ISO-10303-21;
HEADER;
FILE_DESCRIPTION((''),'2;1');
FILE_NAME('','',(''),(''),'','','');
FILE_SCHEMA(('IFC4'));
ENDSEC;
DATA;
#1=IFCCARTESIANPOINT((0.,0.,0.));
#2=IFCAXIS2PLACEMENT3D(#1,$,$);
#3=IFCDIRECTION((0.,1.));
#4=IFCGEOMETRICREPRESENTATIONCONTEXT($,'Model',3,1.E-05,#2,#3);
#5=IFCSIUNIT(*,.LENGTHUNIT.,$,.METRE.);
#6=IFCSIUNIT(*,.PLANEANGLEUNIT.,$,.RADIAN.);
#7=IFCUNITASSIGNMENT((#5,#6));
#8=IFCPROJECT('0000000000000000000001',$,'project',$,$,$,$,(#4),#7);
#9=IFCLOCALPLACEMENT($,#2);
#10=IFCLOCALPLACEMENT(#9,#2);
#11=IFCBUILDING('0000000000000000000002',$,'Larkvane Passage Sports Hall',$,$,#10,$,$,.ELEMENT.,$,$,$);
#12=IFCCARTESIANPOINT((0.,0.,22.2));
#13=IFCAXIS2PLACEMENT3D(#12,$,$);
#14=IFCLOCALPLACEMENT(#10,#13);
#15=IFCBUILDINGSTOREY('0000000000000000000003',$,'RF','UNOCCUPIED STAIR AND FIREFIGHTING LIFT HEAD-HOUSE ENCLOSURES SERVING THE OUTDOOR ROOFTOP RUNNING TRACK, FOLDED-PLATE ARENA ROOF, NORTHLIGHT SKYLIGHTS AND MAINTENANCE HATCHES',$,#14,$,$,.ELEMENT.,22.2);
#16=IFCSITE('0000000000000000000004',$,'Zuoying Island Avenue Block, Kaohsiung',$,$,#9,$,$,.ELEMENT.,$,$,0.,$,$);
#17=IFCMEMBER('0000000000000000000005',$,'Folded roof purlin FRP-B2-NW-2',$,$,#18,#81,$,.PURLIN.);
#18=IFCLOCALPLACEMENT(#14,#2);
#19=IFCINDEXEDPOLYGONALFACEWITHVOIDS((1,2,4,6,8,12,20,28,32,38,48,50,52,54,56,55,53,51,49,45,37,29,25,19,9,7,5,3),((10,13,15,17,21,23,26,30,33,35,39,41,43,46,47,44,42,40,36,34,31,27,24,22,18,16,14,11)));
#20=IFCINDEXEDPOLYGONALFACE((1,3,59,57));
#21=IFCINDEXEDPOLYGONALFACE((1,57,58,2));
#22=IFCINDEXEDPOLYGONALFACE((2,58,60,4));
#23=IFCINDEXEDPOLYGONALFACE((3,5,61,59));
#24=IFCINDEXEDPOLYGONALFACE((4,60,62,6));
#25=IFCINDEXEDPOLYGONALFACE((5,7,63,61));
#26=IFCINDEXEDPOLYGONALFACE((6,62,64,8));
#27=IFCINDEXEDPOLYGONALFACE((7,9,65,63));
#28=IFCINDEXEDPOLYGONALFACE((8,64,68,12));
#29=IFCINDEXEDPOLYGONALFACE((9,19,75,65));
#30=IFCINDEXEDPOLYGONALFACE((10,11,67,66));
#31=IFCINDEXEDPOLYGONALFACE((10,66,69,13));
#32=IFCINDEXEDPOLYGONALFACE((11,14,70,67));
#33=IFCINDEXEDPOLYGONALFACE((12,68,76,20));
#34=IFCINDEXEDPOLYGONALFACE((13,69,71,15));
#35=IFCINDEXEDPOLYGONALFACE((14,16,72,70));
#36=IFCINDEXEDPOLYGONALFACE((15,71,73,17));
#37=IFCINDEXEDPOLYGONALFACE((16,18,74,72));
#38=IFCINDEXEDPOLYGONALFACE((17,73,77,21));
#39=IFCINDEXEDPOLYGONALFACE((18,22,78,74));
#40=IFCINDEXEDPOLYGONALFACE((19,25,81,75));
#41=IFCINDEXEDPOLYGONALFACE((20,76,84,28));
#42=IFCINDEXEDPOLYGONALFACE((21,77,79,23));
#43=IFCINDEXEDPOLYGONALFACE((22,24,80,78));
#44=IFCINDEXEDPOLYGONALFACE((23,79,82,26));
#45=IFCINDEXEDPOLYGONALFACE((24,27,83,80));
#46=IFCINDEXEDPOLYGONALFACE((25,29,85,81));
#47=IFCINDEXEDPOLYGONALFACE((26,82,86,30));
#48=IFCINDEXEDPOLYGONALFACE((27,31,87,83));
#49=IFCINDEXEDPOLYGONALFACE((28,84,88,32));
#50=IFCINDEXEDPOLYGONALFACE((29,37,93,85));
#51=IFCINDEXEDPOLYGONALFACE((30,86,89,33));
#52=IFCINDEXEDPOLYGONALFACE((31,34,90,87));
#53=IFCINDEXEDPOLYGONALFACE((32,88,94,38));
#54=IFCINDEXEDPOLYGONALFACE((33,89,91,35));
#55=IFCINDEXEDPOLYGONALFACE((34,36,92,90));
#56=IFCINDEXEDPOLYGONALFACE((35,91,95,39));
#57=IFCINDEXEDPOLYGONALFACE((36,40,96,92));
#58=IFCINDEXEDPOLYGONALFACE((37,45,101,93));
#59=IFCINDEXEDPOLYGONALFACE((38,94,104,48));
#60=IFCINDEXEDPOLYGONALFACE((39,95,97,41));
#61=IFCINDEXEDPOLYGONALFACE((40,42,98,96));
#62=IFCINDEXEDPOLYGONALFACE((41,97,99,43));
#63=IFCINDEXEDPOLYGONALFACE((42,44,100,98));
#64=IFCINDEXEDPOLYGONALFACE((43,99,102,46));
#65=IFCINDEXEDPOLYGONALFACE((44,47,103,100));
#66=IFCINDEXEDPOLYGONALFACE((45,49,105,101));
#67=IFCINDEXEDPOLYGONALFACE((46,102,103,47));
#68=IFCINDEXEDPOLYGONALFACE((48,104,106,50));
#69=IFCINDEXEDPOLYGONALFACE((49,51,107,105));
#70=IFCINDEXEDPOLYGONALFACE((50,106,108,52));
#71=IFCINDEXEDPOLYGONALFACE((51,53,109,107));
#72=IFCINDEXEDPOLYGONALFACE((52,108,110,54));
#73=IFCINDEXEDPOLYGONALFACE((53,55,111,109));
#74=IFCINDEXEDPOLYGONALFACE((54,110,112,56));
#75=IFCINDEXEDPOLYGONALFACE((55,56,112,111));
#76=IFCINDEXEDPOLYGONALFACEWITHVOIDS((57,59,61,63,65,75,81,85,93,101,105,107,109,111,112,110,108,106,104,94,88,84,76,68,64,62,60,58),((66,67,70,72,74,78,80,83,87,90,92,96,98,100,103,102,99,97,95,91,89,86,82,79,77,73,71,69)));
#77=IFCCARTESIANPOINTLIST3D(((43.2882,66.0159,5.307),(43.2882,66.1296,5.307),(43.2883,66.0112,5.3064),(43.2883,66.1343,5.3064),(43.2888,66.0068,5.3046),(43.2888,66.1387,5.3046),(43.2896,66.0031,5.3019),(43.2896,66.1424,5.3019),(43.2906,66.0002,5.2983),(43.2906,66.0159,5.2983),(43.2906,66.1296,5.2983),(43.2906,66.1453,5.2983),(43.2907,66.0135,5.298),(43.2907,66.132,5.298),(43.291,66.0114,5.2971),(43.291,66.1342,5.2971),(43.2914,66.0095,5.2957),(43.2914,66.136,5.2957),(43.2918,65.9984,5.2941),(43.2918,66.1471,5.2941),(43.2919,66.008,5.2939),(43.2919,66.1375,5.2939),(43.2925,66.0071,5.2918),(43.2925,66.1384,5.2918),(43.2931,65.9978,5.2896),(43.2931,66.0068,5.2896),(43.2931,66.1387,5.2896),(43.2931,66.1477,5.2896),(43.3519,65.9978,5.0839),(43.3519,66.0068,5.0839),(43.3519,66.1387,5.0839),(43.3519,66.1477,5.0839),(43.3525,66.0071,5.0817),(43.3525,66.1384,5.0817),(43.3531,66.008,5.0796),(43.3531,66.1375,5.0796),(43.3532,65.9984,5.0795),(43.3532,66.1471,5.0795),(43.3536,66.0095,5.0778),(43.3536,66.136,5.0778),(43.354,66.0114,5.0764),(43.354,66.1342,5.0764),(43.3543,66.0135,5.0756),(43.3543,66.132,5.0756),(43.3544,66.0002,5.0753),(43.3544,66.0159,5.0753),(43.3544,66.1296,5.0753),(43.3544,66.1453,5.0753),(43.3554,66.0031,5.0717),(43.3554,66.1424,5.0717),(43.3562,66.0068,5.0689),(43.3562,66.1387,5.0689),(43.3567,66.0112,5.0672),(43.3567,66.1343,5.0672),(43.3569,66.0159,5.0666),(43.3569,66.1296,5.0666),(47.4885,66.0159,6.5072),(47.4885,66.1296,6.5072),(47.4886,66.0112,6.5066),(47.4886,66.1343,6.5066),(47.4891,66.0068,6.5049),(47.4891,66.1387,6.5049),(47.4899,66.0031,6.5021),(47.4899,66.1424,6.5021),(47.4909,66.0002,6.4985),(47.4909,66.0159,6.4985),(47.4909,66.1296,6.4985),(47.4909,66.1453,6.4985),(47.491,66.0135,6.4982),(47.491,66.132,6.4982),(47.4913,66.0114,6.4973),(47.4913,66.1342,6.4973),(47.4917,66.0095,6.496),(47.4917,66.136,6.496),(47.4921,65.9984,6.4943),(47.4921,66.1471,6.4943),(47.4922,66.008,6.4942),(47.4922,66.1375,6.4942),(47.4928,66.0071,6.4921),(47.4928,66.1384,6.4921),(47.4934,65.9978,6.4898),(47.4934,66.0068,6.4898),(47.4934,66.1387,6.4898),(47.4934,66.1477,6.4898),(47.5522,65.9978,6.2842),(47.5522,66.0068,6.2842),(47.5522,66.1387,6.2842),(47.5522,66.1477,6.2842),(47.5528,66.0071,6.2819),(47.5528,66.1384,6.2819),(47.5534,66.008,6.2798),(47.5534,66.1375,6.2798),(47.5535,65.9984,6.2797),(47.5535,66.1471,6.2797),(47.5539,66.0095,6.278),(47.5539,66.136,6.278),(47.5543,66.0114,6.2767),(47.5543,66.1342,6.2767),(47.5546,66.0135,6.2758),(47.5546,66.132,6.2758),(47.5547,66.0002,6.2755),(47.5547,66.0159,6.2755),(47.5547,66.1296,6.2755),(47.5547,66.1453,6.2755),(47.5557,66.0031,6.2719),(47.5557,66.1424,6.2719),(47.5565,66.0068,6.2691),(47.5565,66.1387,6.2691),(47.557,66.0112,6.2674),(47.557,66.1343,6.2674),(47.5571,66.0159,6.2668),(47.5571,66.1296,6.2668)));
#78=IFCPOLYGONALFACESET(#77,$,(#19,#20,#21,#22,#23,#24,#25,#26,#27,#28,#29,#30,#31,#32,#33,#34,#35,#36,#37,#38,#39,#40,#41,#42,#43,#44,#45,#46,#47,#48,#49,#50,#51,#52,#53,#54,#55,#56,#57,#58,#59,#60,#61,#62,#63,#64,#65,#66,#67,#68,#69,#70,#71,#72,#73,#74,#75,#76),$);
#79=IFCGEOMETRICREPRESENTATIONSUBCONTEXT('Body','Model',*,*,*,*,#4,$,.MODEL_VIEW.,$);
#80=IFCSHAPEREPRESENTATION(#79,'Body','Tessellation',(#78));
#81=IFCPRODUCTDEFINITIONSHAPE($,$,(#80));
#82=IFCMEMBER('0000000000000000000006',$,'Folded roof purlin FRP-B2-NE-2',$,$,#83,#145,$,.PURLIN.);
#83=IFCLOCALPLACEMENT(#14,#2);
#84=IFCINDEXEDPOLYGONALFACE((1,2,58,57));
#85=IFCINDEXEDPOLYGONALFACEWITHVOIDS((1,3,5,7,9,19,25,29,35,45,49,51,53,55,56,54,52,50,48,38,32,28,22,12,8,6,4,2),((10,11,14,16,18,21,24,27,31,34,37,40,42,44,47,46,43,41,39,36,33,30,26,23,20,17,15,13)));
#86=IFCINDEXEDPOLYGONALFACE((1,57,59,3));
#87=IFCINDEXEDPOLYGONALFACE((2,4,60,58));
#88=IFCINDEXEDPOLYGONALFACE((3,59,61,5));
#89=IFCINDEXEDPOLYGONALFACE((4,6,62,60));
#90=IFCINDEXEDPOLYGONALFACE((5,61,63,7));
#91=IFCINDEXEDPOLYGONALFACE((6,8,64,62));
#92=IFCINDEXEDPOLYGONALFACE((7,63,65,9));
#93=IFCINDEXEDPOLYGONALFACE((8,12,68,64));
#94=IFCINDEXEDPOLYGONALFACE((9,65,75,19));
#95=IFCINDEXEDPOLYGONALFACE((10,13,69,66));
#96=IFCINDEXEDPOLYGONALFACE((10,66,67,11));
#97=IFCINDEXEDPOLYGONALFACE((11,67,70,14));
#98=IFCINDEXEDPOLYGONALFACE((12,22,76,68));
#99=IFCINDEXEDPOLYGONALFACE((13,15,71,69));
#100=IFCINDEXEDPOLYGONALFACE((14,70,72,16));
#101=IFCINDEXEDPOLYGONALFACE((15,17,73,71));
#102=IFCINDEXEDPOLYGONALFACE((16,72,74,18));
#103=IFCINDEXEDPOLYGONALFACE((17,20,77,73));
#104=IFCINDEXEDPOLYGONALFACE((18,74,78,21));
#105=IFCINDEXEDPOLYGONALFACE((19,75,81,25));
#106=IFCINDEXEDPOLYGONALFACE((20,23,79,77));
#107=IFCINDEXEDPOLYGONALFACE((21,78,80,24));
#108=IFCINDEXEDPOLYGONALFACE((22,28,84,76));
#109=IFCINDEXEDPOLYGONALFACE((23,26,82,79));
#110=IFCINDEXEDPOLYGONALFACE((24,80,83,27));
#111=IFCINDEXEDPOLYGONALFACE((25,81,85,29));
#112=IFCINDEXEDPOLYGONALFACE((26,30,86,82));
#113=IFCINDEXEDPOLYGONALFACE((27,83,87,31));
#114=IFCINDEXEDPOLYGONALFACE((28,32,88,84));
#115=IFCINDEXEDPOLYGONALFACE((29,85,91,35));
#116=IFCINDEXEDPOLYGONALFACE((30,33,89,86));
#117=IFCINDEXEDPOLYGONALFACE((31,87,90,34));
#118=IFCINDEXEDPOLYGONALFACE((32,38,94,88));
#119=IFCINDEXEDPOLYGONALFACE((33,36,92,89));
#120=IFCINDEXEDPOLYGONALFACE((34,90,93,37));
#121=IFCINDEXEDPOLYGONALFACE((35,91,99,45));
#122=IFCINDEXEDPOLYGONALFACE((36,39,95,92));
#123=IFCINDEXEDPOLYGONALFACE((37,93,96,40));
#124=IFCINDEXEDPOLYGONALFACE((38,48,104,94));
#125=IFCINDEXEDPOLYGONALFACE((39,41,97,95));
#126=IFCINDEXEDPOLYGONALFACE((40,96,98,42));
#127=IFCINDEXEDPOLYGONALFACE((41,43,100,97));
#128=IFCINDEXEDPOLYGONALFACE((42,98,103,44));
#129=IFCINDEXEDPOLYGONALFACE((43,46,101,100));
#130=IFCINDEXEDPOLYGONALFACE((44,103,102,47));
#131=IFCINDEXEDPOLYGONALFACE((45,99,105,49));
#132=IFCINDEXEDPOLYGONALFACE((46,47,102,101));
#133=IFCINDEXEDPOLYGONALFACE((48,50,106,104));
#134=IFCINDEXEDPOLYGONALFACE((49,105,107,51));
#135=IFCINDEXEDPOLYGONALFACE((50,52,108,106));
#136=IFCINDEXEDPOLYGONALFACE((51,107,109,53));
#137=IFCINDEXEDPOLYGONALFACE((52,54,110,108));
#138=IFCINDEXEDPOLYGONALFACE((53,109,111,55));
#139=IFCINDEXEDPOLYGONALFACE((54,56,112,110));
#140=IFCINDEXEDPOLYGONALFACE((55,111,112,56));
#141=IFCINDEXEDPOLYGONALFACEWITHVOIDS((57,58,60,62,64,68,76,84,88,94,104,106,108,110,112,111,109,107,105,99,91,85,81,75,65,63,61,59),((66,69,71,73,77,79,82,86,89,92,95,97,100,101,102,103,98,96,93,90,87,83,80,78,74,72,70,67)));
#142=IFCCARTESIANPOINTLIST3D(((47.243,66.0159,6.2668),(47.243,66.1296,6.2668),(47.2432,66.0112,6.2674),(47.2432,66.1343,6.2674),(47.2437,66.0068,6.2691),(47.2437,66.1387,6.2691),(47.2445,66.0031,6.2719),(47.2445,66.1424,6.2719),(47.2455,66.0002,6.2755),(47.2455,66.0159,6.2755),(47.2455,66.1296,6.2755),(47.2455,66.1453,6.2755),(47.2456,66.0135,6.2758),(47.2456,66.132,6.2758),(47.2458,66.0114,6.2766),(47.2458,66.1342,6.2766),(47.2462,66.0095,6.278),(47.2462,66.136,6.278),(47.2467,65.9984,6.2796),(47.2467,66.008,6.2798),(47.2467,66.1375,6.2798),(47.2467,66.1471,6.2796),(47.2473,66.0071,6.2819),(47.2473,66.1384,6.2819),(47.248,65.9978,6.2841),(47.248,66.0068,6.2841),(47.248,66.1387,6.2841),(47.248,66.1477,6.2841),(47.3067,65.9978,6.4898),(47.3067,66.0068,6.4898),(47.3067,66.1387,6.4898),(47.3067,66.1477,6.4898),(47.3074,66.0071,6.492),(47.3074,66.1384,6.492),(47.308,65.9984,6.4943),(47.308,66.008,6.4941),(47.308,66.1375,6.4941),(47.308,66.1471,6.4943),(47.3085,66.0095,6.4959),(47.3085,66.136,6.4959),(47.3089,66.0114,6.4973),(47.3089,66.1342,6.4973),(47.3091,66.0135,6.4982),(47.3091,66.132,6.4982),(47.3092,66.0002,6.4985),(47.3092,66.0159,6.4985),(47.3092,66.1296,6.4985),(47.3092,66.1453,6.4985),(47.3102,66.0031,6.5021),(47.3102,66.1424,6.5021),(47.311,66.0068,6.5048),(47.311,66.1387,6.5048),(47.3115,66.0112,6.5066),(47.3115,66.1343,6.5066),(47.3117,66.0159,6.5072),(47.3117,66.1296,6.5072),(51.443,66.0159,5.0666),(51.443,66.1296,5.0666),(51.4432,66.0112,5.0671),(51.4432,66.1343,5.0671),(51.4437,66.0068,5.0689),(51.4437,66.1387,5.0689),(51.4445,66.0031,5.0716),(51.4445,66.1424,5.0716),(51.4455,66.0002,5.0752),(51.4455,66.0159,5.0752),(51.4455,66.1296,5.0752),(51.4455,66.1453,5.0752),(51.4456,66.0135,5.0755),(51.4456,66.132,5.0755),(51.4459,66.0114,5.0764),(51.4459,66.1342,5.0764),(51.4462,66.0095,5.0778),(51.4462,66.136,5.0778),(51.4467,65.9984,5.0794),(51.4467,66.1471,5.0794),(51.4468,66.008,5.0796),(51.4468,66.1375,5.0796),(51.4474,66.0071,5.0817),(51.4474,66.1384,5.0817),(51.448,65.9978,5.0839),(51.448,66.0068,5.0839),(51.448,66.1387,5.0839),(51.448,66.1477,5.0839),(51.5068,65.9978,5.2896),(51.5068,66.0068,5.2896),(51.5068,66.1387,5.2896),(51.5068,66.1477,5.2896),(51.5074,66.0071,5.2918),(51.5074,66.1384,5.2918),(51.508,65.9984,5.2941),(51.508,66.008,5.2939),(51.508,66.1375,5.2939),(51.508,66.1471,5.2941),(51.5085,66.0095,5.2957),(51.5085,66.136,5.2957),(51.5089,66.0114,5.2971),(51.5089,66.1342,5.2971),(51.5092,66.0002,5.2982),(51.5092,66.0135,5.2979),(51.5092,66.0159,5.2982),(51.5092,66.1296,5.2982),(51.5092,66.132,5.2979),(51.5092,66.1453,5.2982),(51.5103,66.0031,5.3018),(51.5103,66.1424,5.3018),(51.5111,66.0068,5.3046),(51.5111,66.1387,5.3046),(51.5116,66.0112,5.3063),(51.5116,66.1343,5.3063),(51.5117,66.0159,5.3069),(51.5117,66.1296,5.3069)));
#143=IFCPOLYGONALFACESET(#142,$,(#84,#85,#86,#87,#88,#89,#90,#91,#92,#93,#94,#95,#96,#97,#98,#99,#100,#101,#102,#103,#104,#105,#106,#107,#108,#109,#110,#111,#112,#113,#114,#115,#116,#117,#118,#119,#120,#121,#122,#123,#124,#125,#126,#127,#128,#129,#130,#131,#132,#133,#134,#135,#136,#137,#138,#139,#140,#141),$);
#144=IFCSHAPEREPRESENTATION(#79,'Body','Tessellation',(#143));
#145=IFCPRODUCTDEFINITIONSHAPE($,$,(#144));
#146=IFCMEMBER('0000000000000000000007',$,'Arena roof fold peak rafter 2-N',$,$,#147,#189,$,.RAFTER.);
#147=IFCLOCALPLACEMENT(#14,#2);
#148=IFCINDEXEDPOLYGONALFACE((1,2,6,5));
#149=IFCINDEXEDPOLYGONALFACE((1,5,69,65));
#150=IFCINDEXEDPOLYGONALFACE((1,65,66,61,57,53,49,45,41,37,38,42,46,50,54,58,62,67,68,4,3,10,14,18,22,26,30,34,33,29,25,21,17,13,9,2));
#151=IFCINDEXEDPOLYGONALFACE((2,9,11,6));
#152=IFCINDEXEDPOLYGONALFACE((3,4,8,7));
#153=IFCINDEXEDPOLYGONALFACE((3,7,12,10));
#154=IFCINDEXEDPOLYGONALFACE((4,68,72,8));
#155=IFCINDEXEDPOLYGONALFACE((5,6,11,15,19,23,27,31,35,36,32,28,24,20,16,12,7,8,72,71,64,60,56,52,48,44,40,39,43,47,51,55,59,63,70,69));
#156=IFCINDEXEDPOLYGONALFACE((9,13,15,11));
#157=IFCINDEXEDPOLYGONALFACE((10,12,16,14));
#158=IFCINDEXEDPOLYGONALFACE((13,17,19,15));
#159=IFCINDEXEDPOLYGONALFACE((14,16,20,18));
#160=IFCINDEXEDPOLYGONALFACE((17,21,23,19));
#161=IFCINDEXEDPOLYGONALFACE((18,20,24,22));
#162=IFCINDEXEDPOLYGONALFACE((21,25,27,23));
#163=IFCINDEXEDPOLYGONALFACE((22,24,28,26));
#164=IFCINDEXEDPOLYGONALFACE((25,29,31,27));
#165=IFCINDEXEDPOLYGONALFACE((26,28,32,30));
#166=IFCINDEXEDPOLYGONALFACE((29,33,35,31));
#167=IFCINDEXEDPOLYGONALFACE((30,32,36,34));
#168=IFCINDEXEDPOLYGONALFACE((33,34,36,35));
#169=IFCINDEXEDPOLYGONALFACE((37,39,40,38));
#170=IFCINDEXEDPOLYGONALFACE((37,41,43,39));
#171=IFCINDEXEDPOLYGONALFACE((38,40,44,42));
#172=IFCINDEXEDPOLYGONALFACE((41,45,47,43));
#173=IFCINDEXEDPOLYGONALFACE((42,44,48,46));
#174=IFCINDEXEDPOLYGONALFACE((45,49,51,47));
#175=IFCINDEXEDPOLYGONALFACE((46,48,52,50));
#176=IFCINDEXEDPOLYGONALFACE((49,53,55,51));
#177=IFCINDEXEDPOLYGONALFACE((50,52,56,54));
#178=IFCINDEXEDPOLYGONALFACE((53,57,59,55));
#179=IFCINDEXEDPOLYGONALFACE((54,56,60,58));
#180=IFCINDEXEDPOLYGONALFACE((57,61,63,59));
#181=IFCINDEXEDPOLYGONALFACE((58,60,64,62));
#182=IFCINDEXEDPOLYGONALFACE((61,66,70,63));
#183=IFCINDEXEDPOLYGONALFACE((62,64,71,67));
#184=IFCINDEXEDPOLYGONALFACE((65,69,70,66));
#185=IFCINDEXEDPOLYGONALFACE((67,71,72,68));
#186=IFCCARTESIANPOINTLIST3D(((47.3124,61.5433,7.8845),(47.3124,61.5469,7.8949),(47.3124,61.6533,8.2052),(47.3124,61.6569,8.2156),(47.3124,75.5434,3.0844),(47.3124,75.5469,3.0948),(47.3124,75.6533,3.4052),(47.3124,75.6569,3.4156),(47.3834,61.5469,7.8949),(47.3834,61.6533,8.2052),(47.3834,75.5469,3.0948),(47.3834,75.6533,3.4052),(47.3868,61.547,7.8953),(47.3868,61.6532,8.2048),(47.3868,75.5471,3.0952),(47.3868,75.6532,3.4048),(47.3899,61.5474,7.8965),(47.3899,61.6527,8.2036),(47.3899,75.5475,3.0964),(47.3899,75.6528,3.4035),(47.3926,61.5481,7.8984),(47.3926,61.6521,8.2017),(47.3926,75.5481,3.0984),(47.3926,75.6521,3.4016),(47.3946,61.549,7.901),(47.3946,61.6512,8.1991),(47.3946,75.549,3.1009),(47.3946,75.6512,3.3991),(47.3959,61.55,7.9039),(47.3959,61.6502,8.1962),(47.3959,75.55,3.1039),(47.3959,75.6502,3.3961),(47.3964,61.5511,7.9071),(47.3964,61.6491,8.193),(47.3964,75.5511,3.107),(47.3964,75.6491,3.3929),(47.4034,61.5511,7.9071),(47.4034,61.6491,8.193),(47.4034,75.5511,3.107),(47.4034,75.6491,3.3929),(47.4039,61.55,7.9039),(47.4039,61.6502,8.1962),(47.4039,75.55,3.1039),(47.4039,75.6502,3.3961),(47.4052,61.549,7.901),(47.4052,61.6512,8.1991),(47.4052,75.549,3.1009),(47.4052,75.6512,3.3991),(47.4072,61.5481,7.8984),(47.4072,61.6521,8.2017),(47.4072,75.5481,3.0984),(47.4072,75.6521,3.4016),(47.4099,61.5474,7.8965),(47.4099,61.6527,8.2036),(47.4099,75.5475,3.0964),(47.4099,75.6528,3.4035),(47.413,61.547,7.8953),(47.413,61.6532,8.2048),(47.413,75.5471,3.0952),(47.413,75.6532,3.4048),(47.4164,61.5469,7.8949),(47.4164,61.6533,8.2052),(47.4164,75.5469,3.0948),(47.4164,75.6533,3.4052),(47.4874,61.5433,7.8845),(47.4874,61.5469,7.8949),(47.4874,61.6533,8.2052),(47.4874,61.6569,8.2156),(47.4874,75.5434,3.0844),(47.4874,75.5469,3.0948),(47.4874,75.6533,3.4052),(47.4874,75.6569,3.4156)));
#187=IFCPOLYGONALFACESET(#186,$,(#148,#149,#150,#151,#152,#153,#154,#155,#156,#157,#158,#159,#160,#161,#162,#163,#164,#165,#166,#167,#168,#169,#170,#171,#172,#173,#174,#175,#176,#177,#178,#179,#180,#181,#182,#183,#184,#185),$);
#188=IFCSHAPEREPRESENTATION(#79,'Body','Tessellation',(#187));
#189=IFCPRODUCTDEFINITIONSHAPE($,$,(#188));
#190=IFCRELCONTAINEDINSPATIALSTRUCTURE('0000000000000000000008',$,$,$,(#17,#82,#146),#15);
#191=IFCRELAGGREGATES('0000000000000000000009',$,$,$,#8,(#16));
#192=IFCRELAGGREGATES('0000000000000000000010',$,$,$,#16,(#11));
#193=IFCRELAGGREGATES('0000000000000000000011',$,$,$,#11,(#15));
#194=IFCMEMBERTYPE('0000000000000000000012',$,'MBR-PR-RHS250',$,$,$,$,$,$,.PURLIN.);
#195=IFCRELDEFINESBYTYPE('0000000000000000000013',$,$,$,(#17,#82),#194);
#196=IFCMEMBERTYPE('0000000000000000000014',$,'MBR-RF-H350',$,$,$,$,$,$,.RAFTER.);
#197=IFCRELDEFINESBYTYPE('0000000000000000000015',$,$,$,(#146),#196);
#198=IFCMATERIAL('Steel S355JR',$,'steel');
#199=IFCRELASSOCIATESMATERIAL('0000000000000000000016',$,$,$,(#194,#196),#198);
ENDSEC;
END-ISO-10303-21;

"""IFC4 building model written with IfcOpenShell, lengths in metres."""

from ifc_helpers import new_model, si_unit, direction, frame, origin, origin_2d, place, context, subcontext, project, spatial, hollow_rectangle, i_section, extrude, material, material_profile, profile_set, type_object, element, save


model = new_model("IFC4")

# Units and contexts
model_context = context("Model", 3, precision=1e-05, world=origin(), true_north=direction((0.0, 1.0)))
body_context = subcontext(model_context, "Body", "Model", "MODEL_VIEW")
ifc_project = project(units=[si_unit("LENGTHUNIT", "METRE"), si_unit("PLANEANGLEUNIT", "RADIAN")], contexts=[model_context])

# Site, building, storey
site_placement = place(None, origin())
site = spatial("IfcSite", under=ifc_project, at=site_placement, Name="Zuoying Island Avenue Block, Kaohsiung", CompositionType="ELEMENT", RefElevation=0.0)
building_placement = place(site_placement, origin())
building = spatial("IfcBuilding", under=site, at=building_placement, Name="Larkvane Passage Sports Hall", CompositionType="ELEMENT")
storey_placement = place(building_placement, frame((0.0, 0.0, 22.2)))
storey = spatial("IfcBuildingStorey", under=building, at=storey_placement, Name="RF", Description="UNOCCUPIED STAIR AND FIREFIGHTING LIFT HEAD-HOUSE ENCLOSURES SERVING THE OUTDOOR ROOFTOP RUNNING TRACK, FOLDED-PLATE ARENA ROOF, NORTHLIGHT SKYLIGHTS AND MAINTENANCE HATCHES", CompositionType="ELEMENT", Elevation=22.2)

# Members
ifc_material_1 = material(Name="Steel S355JR", Category="steel")
ifc_material_profile_1 = material_profile(ifc_material_1, hollow_rectangle(XDim=0.1499, YDim=0.25, WallThickness=0.009, InnerFilletRadius=0.009, OuterFilletRadius=0.0181, at=origin_2d()), Name="RHS-250x150x9")
ifc_profile_set_1 = profile_set([ifc_material_profile_1], Name="Steel S355JR")
member_type_1 = type_object("IfcMemberType", Name="MBR-PR-RHS250", PredefinedType="PURLIN", material=ifc_profile_set_1)
member_1_placement = place(storey_placement, frame((43.3225, 66.0728, 5.1868), z_axis=(0.961516, 0.0, 0.274751), x_axis=(0.0, 1.0, 0.0)))
element("IfcMember", 1, at=member_1_placement, inside=storey, type_object=member_type_1, Name="Folded roof purlin FRP-B2-NW-2", PredefinedType="PURLIN", context=body_context, shape_type="SweptSolid", body=[
    extrude(hollow_rectangle(XDim=0.1499, YDim=0.25, WallThickness=0.009, InnerFilletRadius=0.009, OuterFilletRadius=0.0181, at=origin_2d()), origin(), (0.0, 0.0, 1.0), 4.3684),
])
member_2_placement = place(storey_placement, frame((47.2773, 66.0728, 6.387), z_axis=(0.961511, 0.0, -0.274765), x_axis=(0.0, 1.0, 0.0)))
element("IfcMember", 2, at=member_2_placement, inside=storey, type_object=member_type_1, Name="Folded roof purlin FRP-B2-NE-2", PredefinedType="PURLIN", context=body_context, shape_type="SweptSolid", body=[
    extrude(hollow_rectangle(XDim=0.1499, YDim=0.25, WallThickness=0.009, InnerFilletRadius=0.009, OuterFilletRadius=0.0181, at=origin_2d()), origin(), (0.0, 0.0, 1.0), 4.3682),
])
ifc_material_profile_2 = material_profile(ifc_material_1, i_section(OverallWidth=0.175, OverallDepth=0.3501, WebThickness=0.0071, FlangeThickness=0.011, FilletRadius=0.0129, at=origin_2d()), Name="H-350x175x7x11")
ifc_profile_set_2 = profile_set([ifc_material_profile_2], Name="Steel S355JR")
member_type_2 = type_object("IfcMemberType", Name="MBR-RF-H350", PredefinedType="RAFTER", material=ifc_profile_set_2)
member_3_placement = place(storey_placement, frame((47.3999, 61.6001, 8.05), z_axis=(0.0, 0.945945, -0.324327), x_axis=(-1.0, 0.0, 0.0)))
element("IfcMember", 3, at=member_3_placement, inside=storey, type_object=member_type_2, Name="Arena roof fold peak rafter 2-N", PredefinedType="RAFTER", context=body_context, shape_type="SweptSolid", body=[
    extrude(i_section(OverallWidth=0.175, OverallDepth=0.3501, WebThickness=0.0071, FlangeThickness=0.011, FilletRadius=0.0129, at=origin_2d()), origin(), (0.0, 0.0, 1.0), 14.8),
])

save(model, "model.ifc")
